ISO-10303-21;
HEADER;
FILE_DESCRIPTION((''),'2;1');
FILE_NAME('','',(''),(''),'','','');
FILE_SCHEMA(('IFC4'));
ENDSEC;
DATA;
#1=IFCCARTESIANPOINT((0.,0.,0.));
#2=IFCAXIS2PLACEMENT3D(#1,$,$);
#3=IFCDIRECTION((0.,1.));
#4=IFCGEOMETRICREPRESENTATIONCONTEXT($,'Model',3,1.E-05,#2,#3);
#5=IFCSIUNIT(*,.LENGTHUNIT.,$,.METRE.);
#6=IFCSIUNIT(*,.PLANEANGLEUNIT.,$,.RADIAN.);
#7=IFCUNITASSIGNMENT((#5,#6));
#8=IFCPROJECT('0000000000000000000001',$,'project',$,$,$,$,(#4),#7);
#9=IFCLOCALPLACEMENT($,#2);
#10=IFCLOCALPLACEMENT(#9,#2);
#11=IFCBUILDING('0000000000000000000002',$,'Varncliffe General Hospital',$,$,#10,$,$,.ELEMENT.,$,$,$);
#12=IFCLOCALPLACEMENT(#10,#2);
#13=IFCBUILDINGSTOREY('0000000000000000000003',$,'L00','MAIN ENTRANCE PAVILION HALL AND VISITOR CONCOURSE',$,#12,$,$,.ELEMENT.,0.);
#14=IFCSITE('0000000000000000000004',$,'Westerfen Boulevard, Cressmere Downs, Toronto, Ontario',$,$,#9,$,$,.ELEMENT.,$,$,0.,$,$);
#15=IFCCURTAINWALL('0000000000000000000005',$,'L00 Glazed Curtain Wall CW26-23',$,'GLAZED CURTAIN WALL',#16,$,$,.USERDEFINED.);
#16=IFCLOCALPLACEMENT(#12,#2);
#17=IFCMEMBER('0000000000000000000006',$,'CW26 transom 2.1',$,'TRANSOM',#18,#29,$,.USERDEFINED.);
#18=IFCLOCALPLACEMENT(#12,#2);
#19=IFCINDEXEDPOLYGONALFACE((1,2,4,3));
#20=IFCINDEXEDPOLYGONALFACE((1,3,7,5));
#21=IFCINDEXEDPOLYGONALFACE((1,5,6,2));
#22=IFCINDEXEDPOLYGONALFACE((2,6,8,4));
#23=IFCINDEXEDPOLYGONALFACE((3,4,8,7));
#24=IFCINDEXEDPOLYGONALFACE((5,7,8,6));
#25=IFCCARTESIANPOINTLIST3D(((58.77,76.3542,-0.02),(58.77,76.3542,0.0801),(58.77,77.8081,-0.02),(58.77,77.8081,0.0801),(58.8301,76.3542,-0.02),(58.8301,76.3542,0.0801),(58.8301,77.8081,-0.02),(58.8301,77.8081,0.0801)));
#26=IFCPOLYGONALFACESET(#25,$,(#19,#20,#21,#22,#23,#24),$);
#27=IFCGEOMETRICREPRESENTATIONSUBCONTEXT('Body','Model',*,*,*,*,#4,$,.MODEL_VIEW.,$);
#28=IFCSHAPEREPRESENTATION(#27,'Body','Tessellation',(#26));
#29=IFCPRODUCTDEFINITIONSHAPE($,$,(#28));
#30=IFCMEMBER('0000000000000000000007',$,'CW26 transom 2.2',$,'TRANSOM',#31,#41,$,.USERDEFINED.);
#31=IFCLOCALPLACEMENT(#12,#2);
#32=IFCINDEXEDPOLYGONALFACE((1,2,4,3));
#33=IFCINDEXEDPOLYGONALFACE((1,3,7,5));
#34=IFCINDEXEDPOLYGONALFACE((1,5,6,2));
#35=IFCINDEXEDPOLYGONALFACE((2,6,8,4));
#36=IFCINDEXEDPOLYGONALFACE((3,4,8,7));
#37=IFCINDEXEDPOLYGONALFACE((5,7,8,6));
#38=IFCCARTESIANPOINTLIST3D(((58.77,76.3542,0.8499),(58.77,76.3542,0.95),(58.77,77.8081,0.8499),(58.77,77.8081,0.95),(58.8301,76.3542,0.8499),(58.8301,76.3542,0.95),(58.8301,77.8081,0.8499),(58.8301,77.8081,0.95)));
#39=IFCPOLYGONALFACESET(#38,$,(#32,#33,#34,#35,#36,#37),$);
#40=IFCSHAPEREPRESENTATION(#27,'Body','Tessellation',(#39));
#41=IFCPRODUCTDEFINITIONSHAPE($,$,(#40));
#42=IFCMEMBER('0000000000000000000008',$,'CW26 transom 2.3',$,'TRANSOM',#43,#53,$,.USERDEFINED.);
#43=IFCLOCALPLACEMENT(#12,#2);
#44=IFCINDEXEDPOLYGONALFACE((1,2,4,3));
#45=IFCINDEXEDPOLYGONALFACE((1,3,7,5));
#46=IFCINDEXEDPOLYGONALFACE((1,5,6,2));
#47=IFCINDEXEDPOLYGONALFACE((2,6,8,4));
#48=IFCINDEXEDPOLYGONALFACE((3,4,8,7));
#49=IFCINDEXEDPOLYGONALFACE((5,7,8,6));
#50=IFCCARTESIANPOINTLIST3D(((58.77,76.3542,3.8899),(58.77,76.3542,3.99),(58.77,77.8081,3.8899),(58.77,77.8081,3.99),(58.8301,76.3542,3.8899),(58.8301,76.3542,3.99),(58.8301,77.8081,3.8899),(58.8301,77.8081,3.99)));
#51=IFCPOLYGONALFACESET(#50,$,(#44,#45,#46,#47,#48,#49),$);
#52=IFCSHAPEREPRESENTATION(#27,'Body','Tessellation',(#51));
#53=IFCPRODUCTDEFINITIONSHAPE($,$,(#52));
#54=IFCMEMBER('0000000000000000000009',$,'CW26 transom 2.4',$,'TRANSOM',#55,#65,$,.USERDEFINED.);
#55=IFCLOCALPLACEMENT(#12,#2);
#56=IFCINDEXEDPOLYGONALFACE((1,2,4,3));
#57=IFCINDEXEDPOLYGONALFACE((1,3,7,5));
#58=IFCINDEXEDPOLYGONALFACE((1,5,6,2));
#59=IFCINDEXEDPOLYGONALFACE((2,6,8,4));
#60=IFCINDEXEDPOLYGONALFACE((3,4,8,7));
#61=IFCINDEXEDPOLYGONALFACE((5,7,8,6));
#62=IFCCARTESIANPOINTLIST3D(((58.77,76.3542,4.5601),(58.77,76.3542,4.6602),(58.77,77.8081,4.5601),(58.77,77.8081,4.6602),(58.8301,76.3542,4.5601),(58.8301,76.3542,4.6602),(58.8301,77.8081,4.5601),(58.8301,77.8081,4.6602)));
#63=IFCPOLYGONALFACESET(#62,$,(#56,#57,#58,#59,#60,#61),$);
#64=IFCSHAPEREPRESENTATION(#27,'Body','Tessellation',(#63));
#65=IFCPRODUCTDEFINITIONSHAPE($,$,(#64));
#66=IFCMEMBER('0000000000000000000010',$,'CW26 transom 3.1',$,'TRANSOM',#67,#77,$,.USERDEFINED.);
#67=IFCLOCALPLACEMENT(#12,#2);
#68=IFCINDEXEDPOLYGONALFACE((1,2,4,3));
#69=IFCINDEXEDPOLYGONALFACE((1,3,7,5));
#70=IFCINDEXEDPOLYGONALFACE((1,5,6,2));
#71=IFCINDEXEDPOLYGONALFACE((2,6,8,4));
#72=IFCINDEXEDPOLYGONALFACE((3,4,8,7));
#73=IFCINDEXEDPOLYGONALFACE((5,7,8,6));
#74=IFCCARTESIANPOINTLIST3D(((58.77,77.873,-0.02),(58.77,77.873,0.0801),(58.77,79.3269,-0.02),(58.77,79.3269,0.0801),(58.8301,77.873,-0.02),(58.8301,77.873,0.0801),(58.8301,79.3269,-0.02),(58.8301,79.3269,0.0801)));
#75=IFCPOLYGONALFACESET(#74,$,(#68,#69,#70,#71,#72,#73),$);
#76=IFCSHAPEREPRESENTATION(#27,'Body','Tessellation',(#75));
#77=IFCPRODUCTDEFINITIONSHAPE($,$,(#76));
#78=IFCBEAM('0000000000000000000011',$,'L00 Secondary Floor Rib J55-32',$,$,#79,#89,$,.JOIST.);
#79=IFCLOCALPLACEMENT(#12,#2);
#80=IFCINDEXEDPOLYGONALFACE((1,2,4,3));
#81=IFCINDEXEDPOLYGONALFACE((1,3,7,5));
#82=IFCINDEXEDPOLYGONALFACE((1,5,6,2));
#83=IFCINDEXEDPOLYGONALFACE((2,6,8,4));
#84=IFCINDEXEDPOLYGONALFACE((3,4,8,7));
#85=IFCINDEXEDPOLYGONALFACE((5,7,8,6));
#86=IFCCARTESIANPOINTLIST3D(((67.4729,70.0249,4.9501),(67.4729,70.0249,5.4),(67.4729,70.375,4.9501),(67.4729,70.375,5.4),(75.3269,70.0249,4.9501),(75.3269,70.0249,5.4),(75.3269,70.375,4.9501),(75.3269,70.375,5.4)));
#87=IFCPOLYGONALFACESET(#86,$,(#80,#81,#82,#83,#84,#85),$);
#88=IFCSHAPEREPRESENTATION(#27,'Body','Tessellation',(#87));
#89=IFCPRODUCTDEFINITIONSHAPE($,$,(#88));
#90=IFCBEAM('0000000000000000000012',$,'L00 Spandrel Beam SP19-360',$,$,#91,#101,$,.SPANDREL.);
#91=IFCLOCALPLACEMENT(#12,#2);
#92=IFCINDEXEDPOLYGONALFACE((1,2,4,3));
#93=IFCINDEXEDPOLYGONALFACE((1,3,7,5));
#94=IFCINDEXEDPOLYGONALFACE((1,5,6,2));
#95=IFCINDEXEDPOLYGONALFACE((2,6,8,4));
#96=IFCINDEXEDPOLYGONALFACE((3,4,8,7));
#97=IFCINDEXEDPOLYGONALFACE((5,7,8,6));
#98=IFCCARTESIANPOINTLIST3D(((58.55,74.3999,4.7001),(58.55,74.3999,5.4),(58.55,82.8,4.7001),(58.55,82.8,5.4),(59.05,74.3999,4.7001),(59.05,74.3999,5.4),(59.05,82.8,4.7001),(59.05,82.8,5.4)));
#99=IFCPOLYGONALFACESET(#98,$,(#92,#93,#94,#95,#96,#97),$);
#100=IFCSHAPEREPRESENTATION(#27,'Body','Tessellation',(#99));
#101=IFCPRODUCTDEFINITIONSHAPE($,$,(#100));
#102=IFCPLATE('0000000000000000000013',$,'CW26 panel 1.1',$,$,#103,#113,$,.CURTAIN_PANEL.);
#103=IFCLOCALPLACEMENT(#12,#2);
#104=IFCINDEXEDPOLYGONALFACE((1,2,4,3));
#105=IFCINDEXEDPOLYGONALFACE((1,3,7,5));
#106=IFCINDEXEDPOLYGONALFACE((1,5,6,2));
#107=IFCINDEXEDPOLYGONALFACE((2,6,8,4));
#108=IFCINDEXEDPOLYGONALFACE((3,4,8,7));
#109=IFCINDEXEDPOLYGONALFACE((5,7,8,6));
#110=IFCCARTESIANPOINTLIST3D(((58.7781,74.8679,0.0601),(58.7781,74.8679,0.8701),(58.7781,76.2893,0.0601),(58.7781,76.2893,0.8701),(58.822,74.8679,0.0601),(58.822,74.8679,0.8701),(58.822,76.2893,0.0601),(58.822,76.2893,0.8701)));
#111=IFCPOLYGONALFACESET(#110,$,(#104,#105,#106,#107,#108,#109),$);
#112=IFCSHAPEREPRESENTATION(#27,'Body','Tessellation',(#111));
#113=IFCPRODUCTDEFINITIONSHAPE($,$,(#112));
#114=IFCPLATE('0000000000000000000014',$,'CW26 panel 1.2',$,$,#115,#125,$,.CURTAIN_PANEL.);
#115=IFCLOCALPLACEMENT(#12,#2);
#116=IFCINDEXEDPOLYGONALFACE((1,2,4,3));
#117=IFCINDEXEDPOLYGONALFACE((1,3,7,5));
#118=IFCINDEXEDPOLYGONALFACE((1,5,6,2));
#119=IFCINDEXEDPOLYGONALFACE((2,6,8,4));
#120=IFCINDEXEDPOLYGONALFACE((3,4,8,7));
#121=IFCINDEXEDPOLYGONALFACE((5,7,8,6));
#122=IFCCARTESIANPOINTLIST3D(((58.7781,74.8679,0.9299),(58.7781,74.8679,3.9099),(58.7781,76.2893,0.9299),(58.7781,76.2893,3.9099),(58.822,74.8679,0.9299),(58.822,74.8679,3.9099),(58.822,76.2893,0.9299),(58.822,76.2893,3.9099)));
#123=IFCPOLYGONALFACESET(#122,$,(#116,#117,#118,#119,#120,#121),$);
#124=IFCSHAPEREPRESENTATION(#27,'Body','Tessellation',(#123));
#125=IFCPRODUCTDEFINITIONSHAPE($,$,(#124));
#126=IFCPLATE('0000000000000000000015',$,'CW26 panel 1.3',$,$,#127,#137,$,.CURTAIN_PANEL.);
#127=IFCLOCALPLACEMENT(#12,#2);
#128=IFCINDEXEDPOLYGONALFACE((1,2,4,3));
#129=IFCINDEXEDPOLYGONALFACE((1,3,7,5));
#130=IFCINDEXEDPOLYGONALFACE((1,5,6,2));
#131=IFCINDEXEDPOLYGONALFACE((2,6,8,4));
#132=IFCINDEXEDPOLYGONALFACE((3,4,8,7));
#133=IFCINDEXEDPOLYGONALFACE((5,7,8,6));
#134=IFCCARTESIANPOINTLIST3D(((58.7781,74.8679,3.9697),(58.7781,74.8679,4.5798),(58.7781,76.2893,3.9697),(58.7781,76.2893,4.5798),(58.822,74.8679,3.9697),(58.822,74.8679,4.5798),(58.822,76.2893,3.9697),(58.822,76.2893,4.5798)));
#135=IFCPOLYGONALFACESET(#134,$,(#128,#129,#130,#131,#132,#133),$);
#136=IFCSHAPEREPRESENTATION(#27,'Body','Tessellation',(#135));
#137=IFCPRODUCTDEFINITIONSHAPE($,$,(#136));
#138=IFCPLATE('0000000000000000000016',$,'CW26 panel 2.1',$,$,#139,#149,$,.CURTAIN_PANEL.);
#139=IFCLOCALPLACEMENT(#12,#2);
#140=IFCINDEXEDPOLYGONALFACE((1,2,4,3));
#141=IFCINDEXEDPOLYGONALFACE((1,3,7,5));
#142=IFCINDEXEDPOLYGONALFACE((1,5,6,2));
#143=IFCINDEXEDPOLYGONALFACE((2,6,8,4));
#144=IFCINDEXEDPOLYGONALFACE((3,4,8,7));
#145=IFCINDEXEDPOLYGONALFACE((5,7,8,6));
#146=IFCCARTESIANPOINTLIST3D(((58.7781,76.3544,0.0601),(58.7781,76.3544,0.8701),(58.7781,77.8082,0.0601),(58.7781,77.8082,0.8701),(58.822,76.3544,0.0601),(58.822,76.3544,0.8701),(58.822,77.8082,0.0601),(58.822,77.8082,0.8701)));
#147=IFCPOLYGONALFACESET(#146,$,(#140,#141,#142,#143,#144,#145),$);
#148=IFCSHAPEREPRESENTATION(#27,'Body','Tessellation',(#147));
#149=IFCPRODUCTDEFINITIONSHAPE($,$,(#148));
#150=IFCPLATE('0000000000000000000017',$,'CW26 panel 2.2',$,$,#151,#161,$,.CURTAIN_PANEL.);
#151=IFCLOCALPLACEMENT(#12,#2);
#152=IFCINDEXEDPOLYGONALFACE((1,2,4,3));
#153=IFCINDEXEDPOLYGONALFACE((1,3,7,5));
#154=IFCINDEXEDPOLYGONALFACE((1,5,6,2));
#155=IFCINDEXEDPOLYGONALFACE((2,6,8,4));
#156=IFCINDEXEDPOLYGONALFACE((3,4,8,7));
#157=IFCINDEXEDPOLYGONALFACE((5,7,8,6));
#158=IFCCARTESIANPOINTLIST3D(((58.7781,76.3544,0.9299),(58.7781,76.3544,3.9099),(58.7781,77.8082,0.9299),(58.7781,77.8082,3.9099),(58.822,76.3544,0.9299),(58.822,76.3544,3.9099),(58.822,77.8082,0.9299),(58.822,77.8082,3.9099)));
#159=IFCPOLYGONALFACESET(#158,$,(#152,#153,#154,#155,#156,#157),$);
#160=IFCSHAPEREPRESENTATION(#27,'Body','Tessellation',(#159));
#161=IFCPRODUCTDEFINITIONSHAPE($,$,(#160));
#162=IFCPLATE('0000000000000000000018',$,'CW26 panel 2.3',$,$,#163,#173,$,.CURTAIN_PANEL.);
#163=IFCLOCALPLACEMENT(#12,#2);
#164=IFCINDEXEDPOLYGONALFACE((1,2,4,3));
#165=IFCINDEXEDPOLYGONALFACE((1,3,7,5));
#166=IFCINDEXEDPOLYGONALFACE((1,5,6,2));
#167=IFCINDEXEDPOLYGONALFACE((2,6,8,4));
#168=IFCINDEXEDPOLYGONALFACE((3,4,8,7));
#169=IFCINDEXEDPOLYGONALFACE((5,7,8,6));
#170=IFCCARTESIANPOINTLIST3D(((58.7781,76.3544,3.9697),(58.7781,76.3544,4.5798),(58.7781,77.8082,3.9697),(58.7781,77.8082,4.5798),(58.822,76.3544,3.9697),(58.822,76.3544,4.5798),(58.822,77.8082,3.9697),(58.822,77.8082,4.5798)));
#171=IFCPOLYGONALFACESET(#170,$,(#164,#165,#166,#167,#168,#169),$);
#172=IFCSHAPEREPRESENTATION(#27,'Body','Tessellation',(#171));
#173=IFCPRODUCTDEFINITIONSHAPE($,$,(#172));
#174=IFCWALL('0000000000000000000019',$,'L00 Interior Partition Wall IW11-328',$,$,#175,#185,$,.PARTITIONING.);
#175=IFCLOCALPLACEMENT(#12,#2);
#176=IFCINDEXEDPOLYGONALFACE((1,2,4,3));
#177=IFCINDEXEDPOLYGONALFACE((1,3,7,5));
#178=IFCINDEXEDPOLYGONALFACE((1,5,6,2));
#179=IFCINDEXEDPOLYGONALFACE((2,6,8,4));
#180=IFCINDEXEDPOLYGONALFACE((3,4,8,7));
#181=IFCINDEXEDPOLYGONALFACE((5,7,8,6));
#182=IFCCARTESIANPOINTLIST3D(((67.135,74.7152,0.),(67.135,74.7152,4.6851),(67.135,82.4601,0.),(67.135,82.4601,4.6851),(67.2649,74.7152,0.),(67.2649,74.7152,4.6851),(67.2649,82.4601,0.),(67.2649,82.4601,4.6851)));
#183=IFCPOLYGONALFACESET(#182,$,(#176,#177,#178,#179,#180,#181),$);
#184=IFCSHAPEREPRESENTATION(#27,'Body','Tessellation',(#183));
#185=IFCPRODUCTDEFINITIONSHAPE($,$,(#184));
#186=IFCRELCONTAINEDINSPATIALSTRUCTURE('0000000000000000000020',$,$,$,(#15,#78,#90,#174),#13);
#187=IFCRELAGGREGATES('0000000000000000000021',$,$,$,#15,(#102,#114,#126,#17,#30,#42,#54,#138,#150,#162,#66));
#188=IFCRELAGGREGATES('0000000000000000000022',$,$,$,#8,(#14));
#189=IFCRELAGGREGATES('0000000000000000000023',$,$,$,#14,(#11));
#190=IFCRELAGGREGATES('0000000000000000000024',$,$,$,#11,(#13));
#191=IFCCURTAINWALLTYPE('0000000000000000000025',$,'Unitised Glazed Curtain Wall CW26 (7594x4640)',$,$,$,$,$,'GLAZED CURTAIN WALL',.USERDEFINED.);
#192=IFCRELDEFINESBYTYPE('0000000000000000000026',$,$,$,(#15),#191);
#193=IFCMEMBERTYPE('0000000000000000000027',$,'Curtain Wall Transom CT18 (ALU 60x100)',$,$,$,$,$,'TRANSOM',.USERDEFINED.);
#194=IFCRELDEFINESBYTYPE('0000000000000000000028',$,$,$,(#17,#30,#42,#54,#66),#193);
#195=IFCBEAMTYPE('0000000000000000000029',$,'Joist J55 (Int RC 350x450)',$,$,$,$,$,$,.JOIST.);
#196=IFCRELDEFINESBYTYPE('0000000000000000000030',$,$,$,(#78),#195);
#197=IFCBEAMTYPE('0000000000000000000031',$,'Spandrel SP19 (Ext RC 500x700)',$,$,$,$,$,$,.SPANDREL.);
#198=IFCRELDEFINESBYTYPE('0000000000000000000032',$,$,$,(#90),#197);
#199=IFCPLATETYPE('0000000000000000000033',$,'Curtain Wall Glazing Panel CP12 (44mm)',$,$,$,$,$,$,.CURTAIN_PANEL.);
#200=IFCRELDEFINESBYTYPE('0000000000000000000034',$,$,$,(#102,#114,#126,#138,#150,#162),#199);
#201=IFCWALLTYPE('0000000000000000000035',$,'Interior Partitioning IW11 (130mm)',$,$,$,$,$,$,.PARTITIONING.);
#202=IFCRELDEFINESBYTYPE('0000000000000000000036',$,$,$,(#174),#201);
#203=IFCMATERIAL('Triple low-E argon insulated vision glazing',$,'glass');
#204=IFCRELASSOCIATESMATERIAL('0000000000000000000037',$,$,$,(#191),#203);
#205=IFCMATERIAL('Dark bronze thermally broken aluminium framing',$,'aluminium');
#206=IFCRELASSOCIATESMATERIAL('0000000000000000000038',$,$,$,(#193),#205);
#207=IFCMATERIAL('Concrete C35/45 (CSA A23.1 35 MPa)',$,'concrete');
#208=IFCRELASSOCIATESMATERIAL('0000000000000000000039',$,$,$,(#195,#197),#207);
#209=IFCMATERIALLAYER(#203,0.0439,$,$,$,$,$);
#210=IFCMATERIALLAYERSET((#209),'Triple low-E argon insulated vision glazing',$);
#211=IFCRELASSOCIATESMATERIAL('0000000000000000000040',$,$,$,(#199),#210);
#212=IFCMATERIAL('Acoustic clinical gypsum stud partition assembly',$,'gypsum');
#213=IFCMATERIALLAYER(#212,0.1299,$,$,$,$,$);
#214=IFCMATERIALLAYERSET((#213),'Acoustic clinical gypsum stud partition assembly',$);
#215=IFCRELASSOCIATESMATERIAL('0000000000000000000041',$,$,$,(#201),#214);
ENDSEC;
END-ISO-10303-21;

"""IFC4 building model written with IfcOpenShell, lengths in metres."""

from ifc_helpers import new_model, si_unit, direction, frame, frame_2d, origin, origin_2d, place, context, subcontext, project, spatial, rectangle, extrude, material, layer, layer_set, material_profile, profile_set, type_object, element, aggregate, save


model = new_model("IFC4")

# Units and contexts
model_context = context("Model", 3, precision=1e-05, world=origin(), true_north=direction((0.0, 1.0)))
body_context = subcontext(model_context, "Body", "Model", "MODEL_VIEW")
ifc_project = project(units=[si_unit("LENGTHUNIT", "METRE"), si_unit("PLANEANGLEUNIT", "RADIAN")], contexts=[model_context])

# Site, building, storey
site_placement = place(None, origin())
site = spatial("IfcSite", under=ifc_project, at=site_placement, Name="Westerfen Boulevard, Cressmere Downs, Toronto, Ontario", CompositionType="ELEMENT", RefElevation=0.0)
building_placement = place(site_placement, origin())
building = spatial("IfcBuilding", under=site, at=building_placement, Name="Varncliffe General Hospital", CompositionType="ELEMENT")
storey_placement = place(building_placement, origin())
storey = spatial("IfcBuildingStorey", under=building, at=storey_placement, Name="L00", Description="MAIN ENTRANCE PAVILION HALL AND VISITOR CONCOURSE", CompositionType="ELEMENT", Elevation=0.0)

# Shared definitions
ifc_material_1 = material(Name="Concrete C35/45 (CSA A23.1 35 MPa)", Category="concrete")

# Curtain wall, members
ifc_material_2 = material(Name="Triple low-E argon insulated vision glazing", Category="glass")
curtain_wall_type = type_object("IfcCurtainWallType", Name="Unitised Glazed Curtain Wall CW26 (7594x4640)", ElementType="GLAZED CURTAIN WALL", PredefinedType="USERDEFINED", material=ifc_material_2)
curtain_wall_placement = place(storey_placement, origin())
curtain_wall = element("IfcCurtainWall", 1, at=curtain_wall_placement, inside=storey, type_object=curtain_wall_type, Name="L00 Glazed Curtain Wall CW26-23", ObjectType="GLAZED CURTAIN WALL", PredefinedType="USERDEFINED")
ifc_material_3 = material(Name="Dark bronze thermally broken aluminium framing", Category="aluminium")
ifc_material_profile_1 = material_profile(ifc_material_3, rectangle(XDim=0.0601, YDim=0.1001, at=origin_2d()), Name="ALU 60x100")
ifc_profile_set_1 = profile_set([ifc_material_profile_1], Name="Dark bronze thermally broken aluminium framing")
member_type_1 = type_object("IfcMemberType", Name="Curtain Wall Transom CT18 (ALU 60x100)", ElementType="TRANSOM", PredefinedType="USERDEFINED", material=ifc_profile_set_1)
member_1_placement = place(storey_placement, frame((58.8, 76.3542, 0.03), z_axis=(0.0, 1.0, 0.0), x_axis=(-1.0, 0.0, 0.0)))
member_1 = element("IfcMember", 2, at=member_1_placement, type_object=member_type_1, Name="CW26 transom 2.1", ObjectType="TRANSOM", PredefinedType="USERDEFINED", context=body_context, shape_type="SweptSolid", body=[
    extrude(rectangle(XDim=0.0601, YDim=0.1001, at=origin_2d()), origin(), (0.0, 0.0, 1.0), 1.4539),
])
member_2_placement = place(storey_placement, frame((58.8, 76.3542, 0.8999), z_axis=(0.0, 1.0, 0.0), x_axis=(-1.0, 0.0, 0.0)))
member_2 = element("IfcMember", 3, at=member_2_placement, type_object=member_type_1, Name="CW26 transom 2.2", ObjectType="TRANSOM", PredefinedType="USERDEFINED", context=body_context, shape_type="SweptSolid", body=[
    extrude(rectangle(XDim=0.0601, YDim=0.1001, at=origin_2d()), origin(), (0.0, 0.0, 1.0), 1.4539),
])
member_3_placement = place(storey_placement, frame((58.8, 76.3542, 3.9399), z_axis=(0.0, 1.0, 0.0), x_axis=(-1.0, 0.0, 0.0)))
member_3 = element("IfcMember", 4, at=member_3_placement, type_object=member_type_1, Name="CW26 transom 2.3", ObjectType="TRANSOM", PredefinedType="USERDEFINED", context=body_context, shape_type="SweptSolid", body=[
    extrude(rectangle(XDim=0.0601, YDim=0.1001, at=origin_2d()), origin(), (0.0, 0.0, 1.0), 1.4539),
])
member_4_placement = place(storey_placement, frame((58.8, 76.3542, 4.6101), z_axis=(0.0, 1.0, 0.0), x_axis=(-1.0, 0.0, 0.0)))
member_4 = element("IfcMember", 5, at=member_4_placement, type_object=member_type_1, Name="CW26 transom 2.4", ObjectType="TRANSOM", PredefinedType="USERDEFINED", context=body_context, shape_type="SweptSolid", body=[
    extrude(rectangle(XDim=0.0601, YDim=0.1001, at=origin_2d()), origin(), (0.0, 0.0, 1.0), 1.4539),
])
member_5_placement = place(storey_placement, frame((58.8, 77.873, 0.03), z_axis=(0.0, 1.0, 0.0), x_axis=(-1.0, 0.0, 0.0)))
member_5 = element("IfcMember", 6, at=member_5_placement, type_object=member_type_1, Name="CW26 transom 3.1", ObjectType="TRANSOM", PredefinedType="USERDEFINED", context=body_context, shape_type="SweptSolid", body=[
    extrude(rectangle(XDim=0.0601, YDim=0.1001, at=origin_2d()), origin(), (0.0, 0.0, 1.0), 1.4539),
])

# Beams
ifc_material_profile_2 = material_profile(ifc_material_1, rectangle(XDim=0.3501, YDim=0.45, at=origin_2d()), Name="RC 350x450")
ifc_profile_set_2 = profile_set([ifc_material_profile_2], Name="Concrete C35/45 (CSA A23.1 35 MPa)")
beam_type_1 = type_object("IfcBeamType", Name="Joist J55 (Int RC 350x450)", PredefinedType="JOIST", material=ifc_profile_set_2)
beam_1_placement = place(storey_placement, frame((67.4729, 70.2, 5.175), z_axis=(1.0, 0.0, 0.0), x_axis=(0.0, 1.0, 0.0)))
element("IfcBeam", 7, at=beam_1_placement, inside=storey, type_object=beam_type_1, Name="L00 Secondary Floor Rib J55-32", PredefinedType="JOIST", context=body_context, shape_type="SweptSolid", body=[
    extrude(rectangle(XDim=0.3501, YDim=0.45, at=origin_2d()), origin(), (0.0, 0.0, 1.0), 7.854),
])
ifc_material_profile_3 = material_profile(ifc_material_1, rectangle(XDim=0.5, YDim=0.7, at=origin_2d()), Name="RC 500x700")
ifc_profile_set_3 = profile_set([ifc_material_profile_3], Name="Concrete C35/45 (CSA A23.1 35 MPa)")
beam_type_2 = type_object("IfcBeamType", Name="Spandrel SP19 (Ext RC 500x700)", PredefinedType="SPANDREL", material=ifc_profile_set_3)
beam_2_placement = place(storey_placement, frame((58.8, 74.3999, 5.05), z_axis=(0.0, 1.0, 0.0), x_axis=(-1.0, 0.0, 0.0)))
element("IfcBeam", 8, at=beam_2_placement, inside=storey, type_object=beam_type_2, Name="L00 Spandrel Beam SP19-360", PredefinedType="SPANDREL", context=body_context, shape_type="SweptSolid", body=[
    extrude(rectangle(XDim=0.5, YDim=0.7, at=origin_2d()), origin(), (0.0, 0.0, 1.0), 8.4001),
])

# Plates
ifc_layer_1 = layer(ifc_material_2, 0.0439)
ifc_layer_set_1 = layer_set([ifc_layer_1], Name="Triple low-E argon insulated vision glazing")
plate_type = type_object("IfcPlateType", Name="Curtain Wall Glazing Panel CP12 (44mm)", PredefinedType="CURTAIN_PANEL", material=ifc_layer_set_1)
plate_1_placement = place(storey_placement, frame((58.8, 75.5786, 0.0601), z_axis=(0.0, 0.0, 1.0), x_axis=(0.0, 1.0, 0.0)))
plate_1 = element("IfcPlate", 9, at=plate_1_placement, type_object=plate_type, Name="CW26 panel 1.1", PredefinedType="CURTAIN_PANEL", context=body_context, shape_type="SweptSolid", body=[
    extrude(rectangle(XDim=1.4214, YDim=0.0439, at=origin_2d()), origin(), (0.0, 0.0, 1.0), 0.8101),
])
plate_2_placement = place(storey_placement, frame((58.8, 75.5786, 0.9299), z_axis=(0.0, 0.0, 1.0), x_axis=(0.0, 1.0, 0.0)))
plate_2 = element("IfcPlate", 10, at=plate_2_placement, type_object=plate_type, Name="CW26 panel 1.2", PredefinedType="CURTAIN_PANEL", context=body_context, shape_type="SweptSolid", body=[
    extrude(rectangle(XDim=1.4214, YDim=0.0439, at=origin_2d()), origin(), (0.0, 0.0, 1.0), 2.98),
])
plate_3_placement = place(storey_placement, frame((58.8, 75.5786, 3.9697), z_axis=(0.0, 0.0, 1.0), x_axis=(0.0, 1.0, 0.0)))
plate_3 = element("IfcPlate", 11, at=plate_3_placement, type_object=plate_type, Name="CW26 panel 1.3", PredefinedType="CURTAIN_PANEL", context=body_context, shape_type="SweptSolid", body=[
    extrude(rectangle(XDim=1.4214, YDim=0.0439, at=origin_2d()), origin(), (0.0, 0.0, 1.0), 0.6101),
])
plate_4_placement = place(storey_placement, frame((58.8, 77.0813, 0.0601), z_axis=(0.0, 0.0, 1.0), x_axis=(0.0, 1.0, 0.0)))
plate_4 = element("IfcPlate", 12, at=plate_4_placement, type_object=plate_type, Name="CW26 panel 2.1", PredefinedType="CURTAIN_PANEL", context=body_context, shape_type="SweptSolid", body=[
    extrude(rectangle(XDim=1.4539, YDim=0.0439, at=origin_2d()), origin(), (0.0, 0.0, 1.0), 0.8101),
])
plate_5_placement = place(storey_placement, frame((58.8, 77.0813, 0.9299), z_axis=(0.0, 0.0, 1.0), x_axis=(0.0, 1.0, 0.0)))
plate_5 = element("IfcPlate", 13, at=plate_5_placement, type_object=plate_type, Name="CW26 panel 2.2", PredefinedType="CURTAIN_PANEL", context=body_context, shape_type="SweptSolid", body=[
    extrude(rectangle(XDim=1.4539, YDim=0.0439, at=origin_2d()), origin(), (0.0, 0.0, 1.0), 2.98),
])
plate_6_placement = place(storey_placement, frame((58.8, 77.0813, 3.9697), z_axis=(0.0, 0.0, 1.0), x_axis=(0.0, 1.0, 0.0)))
plate_6 = element("IfcPlate", 14, at=plate_6_placement, type_object=plate_type, Name="CW26 panel 2.3", PredefinedType="CURTAIN_PANEL", context=body_context, shape_type="SweptSolid", body=[
    extrude(rectangle(XDim=1.4539, YDim=0.0439, at=origin_2d()), origin(), (0.0, 0.0, 1.0), 0.6101),
])
aggregate(curtain_wall, [plate_1, plate_2, plate_3, member_1, member_2, member_3, member_4, plate_4, plate_5, plate_6, member_5])

# Wall
ifc_material_4 = material(Name="Acoustic clinical gypsum stud partition assembly", Category="gypsum")
ifc_layer_2 = layer(ifc_material_4, 0.1299)
ifc_layer_set_2 = layer_set([ifc_layer_2], Name="Acoustic clinical gypsum stud partition assembly")
wall_type_1 = type_object("IfcWallType", Name="Interior Partitioning IW11 (130mm)", PredefinedType="PARTITIONING", material=ifc_layer_set_2)
wall_1_placement = place(storey_placement, frame((67.2, 74.7151, 0.0), z_axis=(0.0, 0.0, 1.0), x_axis=(0.0, 1.0, 0.0)))
element("IfcWall", 15, at=wall_1_placement, inside=storey, type_object=wall_type_1, Name="L00 Interior Partition Wall IW11-328", PredefinedType="PARTITIONING", context=body_context, shape_type="SweptSolid", body=[
    extrude(rectangle(XDim=7.7449, YDim=0.1299, at=frame_2d((3.8726, 0.0))), origin(), (0.0, 0.0, 1.0), 4.6851),
])

save(model, "model.ifc")
